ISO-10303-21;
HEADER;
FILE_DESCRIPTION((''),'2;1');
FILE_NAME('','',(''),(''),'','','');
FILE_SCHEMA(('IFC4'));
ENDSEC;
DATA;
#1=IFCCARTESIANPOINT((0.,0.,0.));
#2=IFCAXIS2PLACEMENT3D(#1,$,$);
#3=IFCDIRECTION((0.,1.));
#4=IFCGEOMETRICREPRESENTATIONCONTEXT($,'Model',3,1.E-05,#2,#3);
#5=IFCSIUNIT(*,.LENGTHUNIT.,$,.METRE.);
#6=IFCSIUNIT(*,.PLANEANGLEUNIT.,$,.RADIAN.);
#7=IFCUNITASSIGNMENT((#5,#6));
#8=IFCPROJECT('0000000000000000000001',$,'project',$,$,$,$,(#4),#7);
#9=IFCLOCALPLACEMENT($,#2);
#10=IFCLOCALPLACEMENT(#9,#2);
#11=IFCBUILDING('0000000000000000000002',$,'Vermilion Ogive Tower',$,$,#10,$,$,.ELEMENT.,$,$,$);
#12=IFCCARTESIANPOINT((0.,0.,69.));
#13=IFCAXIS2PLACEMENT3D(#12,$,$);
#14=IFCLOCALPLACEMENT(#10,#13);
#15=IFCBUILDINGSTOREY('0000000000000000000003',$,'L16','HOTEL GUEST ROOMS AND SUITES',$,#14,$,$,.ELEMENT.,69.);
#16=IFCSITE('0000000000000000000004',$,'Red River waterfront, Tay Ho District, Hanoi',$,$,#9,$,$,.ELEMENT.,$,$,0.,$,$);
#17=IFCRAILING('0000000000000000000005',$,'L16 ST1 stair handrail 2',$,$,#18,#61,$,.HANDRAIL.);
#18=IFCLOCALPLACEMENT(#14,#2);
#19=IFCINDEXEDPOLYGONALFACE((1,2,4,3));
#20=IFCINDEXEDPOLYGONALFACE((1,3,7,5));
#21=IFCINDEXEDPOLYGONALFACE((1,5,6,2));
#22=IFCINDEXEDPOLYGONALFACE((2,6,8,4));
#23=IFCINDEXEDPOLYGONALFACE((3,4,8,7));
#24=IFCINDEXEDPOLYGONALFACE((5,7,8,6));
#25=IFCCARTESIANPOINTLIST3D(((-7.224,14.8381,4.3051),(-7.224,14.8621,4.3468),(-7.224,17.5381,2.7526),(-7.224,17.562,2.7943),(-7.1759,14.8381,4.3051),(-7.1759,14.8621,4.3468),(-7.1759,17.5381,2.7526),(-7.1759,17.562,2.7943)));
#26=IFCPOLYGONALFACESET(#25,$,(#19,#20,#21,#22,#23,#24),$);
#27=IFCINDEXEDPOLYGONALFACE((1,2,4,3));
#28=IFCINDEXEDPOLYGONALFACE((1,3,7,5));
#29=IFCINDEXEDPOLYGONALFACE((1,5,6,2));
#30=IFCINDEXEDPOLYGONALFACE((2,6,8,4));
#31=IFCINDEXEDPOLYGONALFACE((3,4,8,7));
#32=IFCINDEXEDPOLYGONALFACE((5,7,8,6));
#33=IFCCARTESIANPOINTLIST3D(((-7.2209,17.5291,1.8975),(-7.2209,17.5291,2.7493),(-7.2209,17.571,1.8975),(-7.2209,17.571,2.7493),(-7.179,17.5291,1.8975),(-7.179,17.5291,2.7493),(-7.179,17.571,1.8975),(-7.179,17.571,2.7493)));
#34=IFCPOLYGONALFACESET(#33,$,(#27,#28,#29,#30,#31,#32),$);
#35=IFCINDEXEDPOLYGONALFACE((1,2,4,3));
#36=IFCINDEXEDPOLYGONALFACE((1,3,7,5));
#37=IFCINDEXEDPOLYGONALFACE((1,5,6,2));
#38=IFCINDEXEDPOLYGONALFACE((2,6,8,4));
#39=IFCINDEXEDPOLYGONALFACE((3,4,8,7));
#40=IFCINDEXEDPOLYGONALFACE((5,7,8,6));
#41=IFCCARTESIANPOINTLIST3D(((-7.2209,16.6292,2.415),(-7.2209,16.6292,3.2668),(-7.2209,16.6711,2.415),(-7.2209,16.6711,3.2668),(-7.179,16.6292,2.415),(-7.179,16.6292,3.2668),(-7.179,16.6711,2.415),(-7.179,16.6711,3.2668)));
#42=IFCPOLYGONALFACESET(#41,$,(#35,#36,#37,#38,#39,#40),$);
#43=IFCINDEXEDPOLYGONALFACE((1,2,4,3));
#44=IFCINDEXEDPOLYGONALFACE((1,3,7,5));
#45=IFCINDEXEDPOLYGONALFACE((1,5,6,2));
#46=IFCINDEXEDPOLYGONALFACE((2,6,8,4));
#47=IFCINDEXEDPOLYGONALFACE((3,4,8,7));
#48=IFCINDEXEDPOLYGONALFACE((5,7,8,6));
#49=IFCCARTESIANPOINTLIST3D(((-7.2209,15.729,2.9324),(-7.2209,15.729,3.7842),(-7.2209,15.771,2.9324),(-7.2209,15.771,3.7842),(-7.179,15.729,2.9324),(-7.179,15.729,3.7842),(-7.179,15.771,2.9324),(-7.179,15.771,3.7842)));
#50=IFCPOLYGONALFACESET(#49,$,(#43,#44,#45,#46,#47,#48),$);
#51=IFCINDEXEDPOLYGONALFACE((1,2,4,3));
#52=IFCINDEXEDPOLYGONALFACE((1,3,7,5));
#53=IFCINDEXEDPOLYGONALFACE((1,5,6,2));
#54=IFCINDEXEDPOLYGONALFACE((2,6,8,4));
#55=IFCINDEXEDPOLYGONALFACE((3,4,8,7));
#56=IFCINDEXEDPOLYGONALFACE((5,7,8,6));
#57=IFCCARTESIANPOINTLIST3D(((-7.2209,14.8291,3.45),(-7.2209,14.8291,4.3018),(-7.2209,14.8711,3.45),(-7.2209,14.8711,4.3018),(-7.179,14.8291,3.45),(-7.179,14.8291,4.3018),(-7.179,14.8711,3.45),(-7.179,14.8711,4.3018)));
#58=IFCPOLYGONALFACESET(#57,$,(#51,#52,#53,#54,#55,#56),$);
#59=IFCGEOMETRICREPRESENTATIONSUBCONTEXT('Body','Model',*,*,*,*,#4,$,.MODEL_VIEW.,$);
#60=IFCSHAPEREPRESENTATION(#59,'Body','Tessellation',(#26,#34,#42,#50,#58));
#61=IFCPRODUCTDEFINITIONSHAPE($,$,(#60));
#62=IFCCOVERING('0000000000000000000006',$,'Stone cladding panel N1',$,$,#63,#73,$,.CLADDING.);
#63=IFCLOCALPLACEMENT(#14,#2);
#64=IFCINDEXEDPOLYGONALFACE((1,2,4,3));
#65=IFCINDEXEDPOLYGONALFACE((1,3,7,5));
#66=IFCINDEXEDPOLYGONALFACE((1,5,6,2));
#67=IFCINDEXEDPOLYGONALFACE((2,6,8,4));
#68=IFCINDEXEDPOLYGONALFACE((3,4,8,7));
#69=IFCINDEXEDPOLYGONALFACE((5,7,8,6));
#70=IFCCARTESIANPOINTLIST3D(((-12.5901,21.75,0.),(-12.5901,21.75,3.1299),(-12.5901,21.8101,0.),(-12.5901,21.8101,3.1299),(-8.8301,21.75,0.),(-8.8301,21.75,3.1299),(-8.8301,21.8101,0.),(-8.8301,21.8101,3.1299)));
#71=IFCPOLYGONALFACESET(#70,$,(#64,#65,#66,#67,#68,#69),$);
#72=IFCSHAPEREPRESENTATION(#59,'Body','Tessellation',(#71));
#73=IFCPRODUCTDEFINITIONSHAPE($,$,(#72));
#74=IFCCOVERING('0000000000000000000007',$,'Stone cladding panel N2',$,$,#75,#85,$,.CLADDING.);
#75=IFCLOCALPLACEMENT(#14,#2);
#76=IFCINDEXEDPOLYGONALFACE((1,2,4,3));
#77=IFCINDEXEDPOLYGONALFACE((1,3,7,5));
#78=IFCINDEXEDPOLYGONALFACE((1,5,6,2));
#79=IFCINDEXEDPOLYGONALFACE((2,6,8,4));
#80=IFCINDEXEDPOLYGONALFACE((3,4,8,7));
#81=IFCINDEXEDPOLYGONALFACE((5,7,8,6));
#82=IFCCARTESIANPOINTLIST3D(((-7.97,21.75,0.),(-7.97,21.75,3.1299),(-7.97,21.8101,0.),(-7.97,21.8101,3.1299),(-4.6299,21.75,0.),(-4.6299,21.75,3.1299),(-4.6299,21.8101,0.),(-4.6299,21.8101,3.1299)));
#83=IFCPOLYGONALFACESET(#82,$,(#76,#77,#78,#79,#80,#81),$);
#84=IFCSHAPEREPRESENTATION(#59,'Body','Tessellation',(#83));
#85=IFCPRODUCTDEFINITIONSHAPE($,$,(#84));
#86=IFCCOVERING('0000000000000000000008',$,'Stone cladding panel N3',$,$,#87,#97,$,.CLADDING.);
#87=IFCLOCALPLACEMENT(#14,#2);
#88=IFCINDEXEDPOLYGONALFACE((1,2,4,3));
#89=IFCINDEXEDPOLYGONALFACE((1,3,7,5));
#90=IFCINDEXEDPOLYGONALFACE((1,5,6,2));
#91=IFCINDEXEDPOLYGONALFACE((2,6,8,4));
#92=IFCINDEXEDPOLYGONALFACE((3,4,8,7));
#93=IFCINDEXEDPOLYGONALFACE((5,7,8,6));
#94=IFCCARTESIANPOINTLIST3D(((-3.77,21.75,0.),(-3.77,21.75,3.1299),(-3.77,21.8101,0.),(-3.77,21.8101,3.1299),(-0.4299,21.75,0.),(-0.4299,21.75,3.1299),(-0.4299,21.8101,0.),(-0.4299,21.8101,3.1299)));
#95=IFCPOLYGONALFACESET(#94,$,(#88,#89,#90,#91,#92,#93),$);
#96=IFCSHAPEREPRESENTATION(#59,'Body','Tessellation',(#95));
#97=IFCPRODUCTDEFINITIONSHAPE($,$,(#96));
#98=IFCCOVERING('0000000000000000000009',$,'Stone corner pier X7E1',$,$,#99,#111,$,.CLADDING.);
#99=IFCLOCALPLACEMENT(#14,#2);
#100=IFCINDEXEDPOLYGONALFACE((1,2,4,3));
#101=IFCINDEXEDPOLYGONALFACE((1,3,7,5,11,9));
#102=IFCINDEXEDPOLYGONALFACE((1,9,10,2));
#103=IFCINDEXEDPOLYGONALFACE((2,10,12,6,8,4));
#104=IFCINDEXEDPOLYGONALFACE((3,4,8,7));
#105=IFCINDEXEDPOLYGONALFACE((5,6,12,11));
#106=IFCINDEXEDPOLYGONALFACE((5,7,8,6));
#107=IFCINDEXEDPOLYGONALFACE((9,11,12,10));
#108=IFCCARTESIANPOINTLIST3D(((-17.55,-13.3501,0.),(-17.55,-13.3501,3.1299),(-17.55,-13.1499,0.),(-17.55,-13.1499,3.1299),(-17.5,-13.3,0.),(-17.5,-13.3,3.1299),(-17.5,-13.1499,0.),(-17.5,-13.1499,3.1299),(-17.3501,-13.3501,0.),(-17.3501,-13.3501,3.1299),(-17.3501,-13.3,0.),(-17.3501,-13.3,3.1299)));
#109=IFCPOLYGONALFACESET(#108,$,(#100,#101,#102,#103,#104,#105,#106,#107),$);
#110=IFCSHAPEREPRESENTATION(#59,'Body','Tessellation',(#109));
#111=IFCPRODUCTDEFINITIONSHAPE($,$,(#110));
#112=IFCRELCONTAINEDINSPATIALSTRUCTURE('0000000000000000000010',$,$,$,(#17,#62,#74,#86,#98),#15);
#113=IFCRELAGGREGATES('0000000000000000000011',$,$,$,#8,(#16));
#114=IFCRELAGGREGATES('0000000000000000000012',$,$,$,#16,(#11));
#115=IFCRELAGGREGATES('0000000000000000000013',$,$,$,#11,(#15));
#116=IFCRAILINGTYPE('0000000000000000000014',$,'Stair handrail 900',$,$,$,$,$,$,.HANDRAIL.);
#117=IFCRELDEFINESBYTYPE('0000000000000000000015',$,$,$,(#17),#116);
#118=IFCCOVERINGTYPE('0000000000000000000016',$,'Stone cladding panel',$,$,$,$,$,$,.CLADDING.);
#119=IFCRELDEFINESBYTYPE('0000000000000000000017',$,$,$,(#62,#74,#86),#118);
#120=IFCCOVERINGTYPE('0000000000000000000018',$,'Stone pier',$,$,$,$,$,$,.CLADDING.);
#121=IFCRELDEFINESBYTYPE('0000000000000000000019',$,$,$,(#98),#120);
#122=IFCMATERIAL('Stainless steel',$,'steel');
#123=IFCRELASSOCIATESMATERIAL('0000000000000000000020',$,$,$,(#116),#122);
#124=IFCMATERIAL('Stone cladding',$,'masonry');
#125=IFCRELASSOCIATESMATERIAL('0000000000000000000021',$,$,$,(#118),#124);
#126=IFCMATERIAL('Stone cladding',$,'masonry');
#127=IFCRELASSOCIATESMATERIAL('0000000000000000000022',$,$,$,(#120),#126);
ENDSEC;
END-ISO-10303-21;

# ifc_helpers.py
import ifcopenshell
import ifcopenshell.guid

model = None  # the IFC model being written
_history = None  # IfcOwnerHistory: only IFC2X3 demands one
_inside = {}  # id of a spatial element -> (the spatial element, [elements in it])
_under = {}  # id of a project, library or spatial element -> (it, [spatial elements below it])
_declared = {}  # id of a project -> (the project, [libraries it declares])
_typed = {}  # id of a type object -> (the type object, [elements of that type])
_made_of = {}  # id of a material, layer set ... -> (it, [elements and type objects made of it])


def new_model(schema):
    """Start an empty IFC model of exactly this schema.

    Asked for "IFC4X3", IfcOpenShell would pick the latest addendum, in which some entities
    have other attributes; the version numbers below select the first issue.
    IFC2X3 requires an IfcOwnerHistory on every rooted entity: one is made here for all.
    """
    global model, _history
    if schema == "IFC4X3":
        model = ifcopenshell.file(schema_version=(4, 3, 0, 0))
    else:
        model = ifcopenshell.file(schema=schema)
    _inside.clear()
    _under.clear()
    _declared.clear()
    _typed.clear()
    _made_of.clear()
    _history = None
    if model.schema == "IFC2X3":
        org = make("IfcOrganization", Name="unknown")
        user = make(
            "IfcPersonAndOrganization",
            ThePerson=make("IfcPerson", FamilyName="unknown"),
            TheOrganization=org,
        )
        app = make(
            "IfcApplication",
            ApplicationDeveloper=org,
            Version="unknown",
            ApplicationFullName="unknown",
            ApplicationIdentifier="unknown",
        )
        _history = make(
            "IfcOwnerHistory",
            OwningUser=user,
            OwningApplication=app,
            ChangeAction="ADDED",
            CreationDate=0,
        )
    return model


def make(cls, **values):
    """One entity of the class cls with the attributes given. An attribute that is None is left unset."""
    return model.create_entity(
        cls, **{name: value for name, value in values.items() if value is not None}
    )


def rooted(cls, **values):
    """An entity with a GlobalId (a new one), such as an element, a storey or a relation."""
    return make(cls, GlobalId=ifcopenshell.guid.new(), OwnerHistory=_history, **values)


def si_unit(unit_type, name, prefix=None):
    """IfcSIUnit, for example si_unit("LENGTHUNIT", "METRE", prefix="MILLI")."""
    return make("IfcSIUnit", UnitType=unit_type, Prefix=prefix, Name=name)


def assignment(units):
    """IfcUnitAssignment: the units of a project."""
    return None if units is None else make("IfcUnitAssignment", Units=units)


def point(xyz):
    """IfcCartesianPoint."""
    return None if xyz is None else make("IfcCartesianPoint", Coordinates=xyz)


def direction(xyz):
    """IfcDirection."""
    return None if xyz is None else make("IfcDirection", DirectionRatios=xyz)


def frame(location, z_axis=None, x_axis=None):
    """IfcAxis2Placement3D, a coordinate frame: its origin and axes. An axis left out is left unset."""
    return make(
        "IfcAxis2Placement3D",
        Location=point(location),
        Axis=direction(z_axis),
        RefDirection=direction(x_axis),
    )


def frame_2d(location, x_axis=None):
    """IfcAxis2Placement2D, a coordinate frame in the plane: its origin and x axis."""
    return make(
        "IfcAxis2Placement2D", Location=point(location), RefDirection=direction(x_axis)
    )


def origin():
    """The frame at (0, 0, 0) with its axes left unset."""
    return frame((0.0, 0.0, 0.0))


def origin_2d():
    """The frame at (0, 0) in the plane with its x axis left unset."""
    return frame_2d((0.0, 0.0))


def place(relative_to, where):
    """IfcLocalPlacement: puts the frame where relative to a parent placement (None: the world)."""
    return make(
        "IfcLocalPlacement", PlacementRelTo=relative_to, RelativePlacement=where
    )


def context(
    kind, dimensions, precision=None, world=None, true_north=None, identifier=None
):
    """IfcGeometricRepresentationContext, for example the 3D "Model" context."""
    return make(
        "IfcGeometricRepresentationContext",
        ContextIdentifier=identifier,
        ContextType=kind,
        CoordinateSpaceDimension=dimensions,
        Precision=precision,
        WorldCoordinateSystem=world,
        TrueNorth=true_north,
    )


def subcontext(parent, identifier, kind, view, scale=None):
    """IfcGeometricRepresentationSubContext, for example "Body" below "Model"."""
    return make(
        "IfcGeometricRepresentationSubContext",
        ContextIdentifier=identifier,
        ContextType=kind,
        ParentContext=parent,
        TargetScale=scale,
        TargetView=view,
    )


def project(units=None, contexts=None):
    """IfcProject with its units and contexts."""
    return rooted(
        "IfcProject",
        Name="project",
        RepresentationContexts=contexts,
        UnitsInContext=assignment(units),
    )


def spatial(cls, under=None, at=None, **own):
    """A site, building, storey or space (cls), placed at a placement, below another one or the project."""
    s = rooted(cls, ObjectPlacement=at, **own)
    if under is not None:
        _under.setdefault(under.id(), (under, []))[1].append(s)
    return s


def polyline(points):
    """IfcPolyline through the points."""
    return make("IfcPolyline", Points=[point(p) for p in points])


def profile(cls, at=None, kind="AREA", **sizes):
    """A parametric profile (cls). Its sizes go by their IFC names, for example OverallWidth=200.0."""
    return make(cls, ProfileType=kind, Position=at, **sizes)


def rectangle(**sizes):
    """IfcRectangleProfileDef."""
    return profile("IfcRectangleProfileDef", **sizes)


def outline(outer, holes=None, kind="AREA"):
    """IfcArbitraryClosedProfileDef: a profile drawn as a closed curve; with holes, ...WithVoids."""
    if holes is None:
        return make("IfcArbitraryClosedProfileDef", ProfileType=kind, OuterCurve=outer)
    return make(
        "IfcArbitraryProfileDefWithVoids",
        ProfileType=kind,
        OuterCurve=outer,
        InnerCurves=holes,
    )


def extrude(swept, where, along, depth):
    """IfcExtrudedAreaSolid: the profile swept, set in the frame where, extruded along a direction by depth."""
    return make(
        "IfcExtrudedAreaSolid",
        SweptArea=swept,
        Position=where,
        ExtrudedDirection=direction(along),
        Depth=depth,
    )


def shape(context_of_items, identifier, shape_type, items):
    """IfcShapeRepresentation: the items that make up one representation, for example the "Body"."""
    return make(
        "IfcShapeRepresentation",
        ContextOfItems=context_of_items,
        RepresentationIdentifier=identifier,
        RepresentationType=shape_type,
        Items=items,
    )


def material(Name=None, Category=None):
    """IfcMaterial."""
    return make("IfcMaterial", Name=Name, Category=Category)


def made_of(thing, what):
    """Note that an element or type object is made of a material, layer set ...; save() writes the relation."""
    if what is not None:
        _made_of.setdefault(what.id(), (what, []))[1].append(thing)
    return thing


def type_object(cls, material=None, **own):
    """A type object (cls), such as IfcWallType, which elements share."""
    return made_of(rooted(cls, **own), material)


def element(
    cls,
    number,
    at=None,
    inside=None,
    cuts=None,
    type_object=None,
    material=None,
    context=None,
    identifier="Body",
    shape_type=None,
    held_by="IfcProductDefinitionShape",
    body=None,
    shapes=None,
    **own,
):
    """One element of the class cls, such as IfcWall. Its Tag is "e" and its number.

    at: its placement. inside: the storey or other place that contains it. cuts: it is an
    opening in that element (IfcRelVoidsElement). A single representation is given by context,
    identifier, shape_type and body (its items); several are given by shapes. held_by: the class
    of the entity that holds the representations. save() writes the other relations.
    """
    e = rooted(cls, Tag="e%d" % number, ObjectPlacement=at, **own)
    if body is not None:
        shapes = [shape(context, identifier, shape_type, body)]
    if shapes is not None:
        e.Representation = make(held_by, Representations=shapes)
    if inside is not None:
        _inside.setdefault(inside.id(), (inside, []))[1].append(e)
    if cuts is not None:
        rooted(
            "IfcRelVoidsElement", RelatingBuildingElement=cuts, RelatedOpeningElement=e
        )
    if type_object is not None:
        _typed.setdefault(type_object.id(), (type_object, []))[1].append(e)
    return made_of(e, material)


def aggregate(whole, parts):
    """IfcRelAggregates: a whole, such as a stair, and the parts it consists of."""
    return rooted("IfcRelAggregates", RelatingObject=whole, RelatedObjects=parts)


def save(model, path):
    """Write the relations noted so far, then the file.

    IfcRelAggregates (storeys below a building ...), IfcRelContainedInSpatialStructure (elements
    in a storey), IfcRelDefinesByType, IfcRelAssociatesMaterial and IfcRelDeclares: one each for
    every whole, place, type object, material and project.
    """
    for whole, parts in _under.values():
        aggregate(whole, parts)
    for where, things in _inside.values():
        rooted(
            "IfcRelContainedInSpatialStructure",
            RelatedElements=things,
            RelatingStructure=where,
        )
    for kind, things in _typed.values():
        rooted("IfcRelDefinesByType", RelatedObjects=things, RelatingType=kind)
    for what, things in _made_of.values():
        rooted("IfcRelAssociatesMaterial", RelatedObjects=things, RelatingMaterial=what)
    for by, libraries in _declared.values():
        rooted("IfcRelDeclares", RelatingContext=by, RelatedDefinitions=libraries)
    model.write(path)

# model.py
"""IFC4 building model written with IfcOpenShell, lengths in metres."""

from ifc_helpers import new_model, si_unit, direction, frame, origin, origin_2d, place, context, subcontext, project, spatial, polyline, rectangle, outline, extrude, material, type_object, element, save


model = new_model("IFC4")

# Units and contexts
model_context = context("Model", 3, precision=1e-05, world=origin(), true_north=direction((0.0, 1.0)))
body_context = subcontext(model_context, "Body", "Model", "MODEL_VIEW")
ifc_project = project(units=[si_unit("LENGTHUNIT", "METRE"), si_unit("PLANEANGLEUNIT", "RADIAN")], contexts=[model_context])

# Site, building, storey
site_placement = place(None, origin())
site = spatial("IfcSite", under=ifc_project, at=site_placement, Name="Red River waterfront, Tay Ho District, Hanoi", CompositionType="ELEMENT", RefElevation=0.0)
building_placement = place(site_placement, origin())
building = spatial("IfcBuilding", under=site, at=building_placement, Name="Vermilion Ogive Tower", CompositionType="ELEMENT")
storey_placement = place(building_placement, frame((0.0, 0.0, 69.0)))
storey = spatial("IfcBuildingStorey", under=building, at=storey_placement, Name="L16", Description="HOTEL GUEST ROOMS AND SUITES", CompositionType="ELEMENT", Elevation=69.0)

# Railing
ifc_material_1 = material(Name="Stainless steel", Category="steel")
railing_type_1 = type_object("IfcRailingType", Name="Stair handrail 900", PredefinedType="HANDRAIL", material=ifc_material_1)
railing_1_placement = place(storey_placement, frame((-7.2, 17.55, 1.8975)))
element("IfcRailing", 1, at=railing_1_placement, inside=storey, type_object=railing_type_1, Name="L16 ST1 stair handrail 2", PredefinedType="HANDRAIL", context=body_context, shape_type="SweptSolid", body=[
    extrude(rectangle(XDim=0.0481, YDim=0.0481, at=origin_2d()), frame((0.0, 0.0, 0.876), z_axis=(0.0, -0.866904, 0.498476), x_axis=(1.0, 0.0, 0.0)), (0.0, 0.0, 1.0), 3.1145),
    extrude(rectangle(XDim=0.042, YDim=0.042, at=origin_2d()), origin(), (0.0, 0.0, 1.0), 0.8518),
    extrude(rectangle(XDim=0.042, YDim=0.042, at=origin_2d()), frame((0.0, -0.8999, 0.5176)), (0.0, 0.0, 1.0), 0.8518),
    extrude(rectangle(XDim=0.042, YDim=0.042, at=origin_2d()), frame((0.0, -1.8, 1.0349)), (0.0, 0.0, 1.0), 0.8518),
    extrude(rectangle(XDim=0.042, YDim=0.042, at=origin_2d()), frame((0.0, -2.7, 1.5525)), (0.0, 0.0, 1.0), 0.8518),
])

# Coverings
ifc_material_2 = material(Name="Stone cladding", Category="masonry")
covering_type_1 = type_object("IfcCoveringType", Name="Stone cladding panel", PredefinedType="CLADDING", material=ifc_material_2)
covering_1_placement = place(storey_placement, origin())
element("IfcCovering", 2, at=covering_1_placement, inside=storey, type_object=covering_type_1, Name="Stone cladding panel N1", PredefinedType="CLADDING", context=body_context, shape_type="SweptSolid", body=[
    extrude(outline(polyline([(-12.5901, 21.75), (-8.8301, 21.75), (-8.8301, 21.8101), (-12.5901, 21.8101), (-12.5901, 21.75)])), origin(), (0.0, 0.0, 1.0), 3.1299),
])
covering_2_placement = place(storey_placement, origin())
element("IfcCovering", 3, at=covering_2_placement, inside=storey, type_object=covering_type_1, Name="Stone cladding panel N2", PredefinedType="CLADDING", context=body_context, shape_type="SweptSolid", body=[
    extrude(outline(polyline([(-7.97, 21.75), (-4.6299, 21.75), (-4.6299, 21.8101), (-7.97, 21.8101), (-7.97, 21.75)])), origin(), (0.0, 0.0, 1.0), 3.1299),
])
covering_3_placement = place(storey_placement, origin())
element("IfcCovering", 4, at=covering_3_placement, inside=storey, type_object=covering_type_1, Name="Stone cladding panel N3", PredefinedType="CLADDING", context=body_context, shape_type="SweptSolid", body=[
    extrude(outline(polyline([(-3.77, 21.75), (-0.4299, 21.75), (-0.4299, 21.8101), (-3.77, 21.8101), (-3.77, 21.75)])), origin(), (0.0, 0.0, 1.0), 3.1299),
])
ifc_material_3 = material(Name="Stone cladding", Category="masonry")
covering_type_2 = type_object("IfcCoveringType", Name="Stone pier", PredefinedType="CLADDING", material=ifc_material_3)
covering_4_placement = place(storey_placement, origin())
element("IfcCovering", 5, at=covering_4_placement, inside=storey, type_object=covering_type_2, Name="Stone corner pier X7E1", PredefinedType="CLADDING", context=body_context, shape_type="SweptSolid", body=[
    extrude(outline(polyline([(-17.5, -13.1499), (-17.5, -13.3), (-17.3501, -13.3), (-17.3501, -13.3501), (-17.55, -13.3501), (-17.55, -13.1499), (-17.5, -13.1499)])), origin(), (0.0, 0.0, 1.0), 3.1299),
])

save(model, "model.ifc")
